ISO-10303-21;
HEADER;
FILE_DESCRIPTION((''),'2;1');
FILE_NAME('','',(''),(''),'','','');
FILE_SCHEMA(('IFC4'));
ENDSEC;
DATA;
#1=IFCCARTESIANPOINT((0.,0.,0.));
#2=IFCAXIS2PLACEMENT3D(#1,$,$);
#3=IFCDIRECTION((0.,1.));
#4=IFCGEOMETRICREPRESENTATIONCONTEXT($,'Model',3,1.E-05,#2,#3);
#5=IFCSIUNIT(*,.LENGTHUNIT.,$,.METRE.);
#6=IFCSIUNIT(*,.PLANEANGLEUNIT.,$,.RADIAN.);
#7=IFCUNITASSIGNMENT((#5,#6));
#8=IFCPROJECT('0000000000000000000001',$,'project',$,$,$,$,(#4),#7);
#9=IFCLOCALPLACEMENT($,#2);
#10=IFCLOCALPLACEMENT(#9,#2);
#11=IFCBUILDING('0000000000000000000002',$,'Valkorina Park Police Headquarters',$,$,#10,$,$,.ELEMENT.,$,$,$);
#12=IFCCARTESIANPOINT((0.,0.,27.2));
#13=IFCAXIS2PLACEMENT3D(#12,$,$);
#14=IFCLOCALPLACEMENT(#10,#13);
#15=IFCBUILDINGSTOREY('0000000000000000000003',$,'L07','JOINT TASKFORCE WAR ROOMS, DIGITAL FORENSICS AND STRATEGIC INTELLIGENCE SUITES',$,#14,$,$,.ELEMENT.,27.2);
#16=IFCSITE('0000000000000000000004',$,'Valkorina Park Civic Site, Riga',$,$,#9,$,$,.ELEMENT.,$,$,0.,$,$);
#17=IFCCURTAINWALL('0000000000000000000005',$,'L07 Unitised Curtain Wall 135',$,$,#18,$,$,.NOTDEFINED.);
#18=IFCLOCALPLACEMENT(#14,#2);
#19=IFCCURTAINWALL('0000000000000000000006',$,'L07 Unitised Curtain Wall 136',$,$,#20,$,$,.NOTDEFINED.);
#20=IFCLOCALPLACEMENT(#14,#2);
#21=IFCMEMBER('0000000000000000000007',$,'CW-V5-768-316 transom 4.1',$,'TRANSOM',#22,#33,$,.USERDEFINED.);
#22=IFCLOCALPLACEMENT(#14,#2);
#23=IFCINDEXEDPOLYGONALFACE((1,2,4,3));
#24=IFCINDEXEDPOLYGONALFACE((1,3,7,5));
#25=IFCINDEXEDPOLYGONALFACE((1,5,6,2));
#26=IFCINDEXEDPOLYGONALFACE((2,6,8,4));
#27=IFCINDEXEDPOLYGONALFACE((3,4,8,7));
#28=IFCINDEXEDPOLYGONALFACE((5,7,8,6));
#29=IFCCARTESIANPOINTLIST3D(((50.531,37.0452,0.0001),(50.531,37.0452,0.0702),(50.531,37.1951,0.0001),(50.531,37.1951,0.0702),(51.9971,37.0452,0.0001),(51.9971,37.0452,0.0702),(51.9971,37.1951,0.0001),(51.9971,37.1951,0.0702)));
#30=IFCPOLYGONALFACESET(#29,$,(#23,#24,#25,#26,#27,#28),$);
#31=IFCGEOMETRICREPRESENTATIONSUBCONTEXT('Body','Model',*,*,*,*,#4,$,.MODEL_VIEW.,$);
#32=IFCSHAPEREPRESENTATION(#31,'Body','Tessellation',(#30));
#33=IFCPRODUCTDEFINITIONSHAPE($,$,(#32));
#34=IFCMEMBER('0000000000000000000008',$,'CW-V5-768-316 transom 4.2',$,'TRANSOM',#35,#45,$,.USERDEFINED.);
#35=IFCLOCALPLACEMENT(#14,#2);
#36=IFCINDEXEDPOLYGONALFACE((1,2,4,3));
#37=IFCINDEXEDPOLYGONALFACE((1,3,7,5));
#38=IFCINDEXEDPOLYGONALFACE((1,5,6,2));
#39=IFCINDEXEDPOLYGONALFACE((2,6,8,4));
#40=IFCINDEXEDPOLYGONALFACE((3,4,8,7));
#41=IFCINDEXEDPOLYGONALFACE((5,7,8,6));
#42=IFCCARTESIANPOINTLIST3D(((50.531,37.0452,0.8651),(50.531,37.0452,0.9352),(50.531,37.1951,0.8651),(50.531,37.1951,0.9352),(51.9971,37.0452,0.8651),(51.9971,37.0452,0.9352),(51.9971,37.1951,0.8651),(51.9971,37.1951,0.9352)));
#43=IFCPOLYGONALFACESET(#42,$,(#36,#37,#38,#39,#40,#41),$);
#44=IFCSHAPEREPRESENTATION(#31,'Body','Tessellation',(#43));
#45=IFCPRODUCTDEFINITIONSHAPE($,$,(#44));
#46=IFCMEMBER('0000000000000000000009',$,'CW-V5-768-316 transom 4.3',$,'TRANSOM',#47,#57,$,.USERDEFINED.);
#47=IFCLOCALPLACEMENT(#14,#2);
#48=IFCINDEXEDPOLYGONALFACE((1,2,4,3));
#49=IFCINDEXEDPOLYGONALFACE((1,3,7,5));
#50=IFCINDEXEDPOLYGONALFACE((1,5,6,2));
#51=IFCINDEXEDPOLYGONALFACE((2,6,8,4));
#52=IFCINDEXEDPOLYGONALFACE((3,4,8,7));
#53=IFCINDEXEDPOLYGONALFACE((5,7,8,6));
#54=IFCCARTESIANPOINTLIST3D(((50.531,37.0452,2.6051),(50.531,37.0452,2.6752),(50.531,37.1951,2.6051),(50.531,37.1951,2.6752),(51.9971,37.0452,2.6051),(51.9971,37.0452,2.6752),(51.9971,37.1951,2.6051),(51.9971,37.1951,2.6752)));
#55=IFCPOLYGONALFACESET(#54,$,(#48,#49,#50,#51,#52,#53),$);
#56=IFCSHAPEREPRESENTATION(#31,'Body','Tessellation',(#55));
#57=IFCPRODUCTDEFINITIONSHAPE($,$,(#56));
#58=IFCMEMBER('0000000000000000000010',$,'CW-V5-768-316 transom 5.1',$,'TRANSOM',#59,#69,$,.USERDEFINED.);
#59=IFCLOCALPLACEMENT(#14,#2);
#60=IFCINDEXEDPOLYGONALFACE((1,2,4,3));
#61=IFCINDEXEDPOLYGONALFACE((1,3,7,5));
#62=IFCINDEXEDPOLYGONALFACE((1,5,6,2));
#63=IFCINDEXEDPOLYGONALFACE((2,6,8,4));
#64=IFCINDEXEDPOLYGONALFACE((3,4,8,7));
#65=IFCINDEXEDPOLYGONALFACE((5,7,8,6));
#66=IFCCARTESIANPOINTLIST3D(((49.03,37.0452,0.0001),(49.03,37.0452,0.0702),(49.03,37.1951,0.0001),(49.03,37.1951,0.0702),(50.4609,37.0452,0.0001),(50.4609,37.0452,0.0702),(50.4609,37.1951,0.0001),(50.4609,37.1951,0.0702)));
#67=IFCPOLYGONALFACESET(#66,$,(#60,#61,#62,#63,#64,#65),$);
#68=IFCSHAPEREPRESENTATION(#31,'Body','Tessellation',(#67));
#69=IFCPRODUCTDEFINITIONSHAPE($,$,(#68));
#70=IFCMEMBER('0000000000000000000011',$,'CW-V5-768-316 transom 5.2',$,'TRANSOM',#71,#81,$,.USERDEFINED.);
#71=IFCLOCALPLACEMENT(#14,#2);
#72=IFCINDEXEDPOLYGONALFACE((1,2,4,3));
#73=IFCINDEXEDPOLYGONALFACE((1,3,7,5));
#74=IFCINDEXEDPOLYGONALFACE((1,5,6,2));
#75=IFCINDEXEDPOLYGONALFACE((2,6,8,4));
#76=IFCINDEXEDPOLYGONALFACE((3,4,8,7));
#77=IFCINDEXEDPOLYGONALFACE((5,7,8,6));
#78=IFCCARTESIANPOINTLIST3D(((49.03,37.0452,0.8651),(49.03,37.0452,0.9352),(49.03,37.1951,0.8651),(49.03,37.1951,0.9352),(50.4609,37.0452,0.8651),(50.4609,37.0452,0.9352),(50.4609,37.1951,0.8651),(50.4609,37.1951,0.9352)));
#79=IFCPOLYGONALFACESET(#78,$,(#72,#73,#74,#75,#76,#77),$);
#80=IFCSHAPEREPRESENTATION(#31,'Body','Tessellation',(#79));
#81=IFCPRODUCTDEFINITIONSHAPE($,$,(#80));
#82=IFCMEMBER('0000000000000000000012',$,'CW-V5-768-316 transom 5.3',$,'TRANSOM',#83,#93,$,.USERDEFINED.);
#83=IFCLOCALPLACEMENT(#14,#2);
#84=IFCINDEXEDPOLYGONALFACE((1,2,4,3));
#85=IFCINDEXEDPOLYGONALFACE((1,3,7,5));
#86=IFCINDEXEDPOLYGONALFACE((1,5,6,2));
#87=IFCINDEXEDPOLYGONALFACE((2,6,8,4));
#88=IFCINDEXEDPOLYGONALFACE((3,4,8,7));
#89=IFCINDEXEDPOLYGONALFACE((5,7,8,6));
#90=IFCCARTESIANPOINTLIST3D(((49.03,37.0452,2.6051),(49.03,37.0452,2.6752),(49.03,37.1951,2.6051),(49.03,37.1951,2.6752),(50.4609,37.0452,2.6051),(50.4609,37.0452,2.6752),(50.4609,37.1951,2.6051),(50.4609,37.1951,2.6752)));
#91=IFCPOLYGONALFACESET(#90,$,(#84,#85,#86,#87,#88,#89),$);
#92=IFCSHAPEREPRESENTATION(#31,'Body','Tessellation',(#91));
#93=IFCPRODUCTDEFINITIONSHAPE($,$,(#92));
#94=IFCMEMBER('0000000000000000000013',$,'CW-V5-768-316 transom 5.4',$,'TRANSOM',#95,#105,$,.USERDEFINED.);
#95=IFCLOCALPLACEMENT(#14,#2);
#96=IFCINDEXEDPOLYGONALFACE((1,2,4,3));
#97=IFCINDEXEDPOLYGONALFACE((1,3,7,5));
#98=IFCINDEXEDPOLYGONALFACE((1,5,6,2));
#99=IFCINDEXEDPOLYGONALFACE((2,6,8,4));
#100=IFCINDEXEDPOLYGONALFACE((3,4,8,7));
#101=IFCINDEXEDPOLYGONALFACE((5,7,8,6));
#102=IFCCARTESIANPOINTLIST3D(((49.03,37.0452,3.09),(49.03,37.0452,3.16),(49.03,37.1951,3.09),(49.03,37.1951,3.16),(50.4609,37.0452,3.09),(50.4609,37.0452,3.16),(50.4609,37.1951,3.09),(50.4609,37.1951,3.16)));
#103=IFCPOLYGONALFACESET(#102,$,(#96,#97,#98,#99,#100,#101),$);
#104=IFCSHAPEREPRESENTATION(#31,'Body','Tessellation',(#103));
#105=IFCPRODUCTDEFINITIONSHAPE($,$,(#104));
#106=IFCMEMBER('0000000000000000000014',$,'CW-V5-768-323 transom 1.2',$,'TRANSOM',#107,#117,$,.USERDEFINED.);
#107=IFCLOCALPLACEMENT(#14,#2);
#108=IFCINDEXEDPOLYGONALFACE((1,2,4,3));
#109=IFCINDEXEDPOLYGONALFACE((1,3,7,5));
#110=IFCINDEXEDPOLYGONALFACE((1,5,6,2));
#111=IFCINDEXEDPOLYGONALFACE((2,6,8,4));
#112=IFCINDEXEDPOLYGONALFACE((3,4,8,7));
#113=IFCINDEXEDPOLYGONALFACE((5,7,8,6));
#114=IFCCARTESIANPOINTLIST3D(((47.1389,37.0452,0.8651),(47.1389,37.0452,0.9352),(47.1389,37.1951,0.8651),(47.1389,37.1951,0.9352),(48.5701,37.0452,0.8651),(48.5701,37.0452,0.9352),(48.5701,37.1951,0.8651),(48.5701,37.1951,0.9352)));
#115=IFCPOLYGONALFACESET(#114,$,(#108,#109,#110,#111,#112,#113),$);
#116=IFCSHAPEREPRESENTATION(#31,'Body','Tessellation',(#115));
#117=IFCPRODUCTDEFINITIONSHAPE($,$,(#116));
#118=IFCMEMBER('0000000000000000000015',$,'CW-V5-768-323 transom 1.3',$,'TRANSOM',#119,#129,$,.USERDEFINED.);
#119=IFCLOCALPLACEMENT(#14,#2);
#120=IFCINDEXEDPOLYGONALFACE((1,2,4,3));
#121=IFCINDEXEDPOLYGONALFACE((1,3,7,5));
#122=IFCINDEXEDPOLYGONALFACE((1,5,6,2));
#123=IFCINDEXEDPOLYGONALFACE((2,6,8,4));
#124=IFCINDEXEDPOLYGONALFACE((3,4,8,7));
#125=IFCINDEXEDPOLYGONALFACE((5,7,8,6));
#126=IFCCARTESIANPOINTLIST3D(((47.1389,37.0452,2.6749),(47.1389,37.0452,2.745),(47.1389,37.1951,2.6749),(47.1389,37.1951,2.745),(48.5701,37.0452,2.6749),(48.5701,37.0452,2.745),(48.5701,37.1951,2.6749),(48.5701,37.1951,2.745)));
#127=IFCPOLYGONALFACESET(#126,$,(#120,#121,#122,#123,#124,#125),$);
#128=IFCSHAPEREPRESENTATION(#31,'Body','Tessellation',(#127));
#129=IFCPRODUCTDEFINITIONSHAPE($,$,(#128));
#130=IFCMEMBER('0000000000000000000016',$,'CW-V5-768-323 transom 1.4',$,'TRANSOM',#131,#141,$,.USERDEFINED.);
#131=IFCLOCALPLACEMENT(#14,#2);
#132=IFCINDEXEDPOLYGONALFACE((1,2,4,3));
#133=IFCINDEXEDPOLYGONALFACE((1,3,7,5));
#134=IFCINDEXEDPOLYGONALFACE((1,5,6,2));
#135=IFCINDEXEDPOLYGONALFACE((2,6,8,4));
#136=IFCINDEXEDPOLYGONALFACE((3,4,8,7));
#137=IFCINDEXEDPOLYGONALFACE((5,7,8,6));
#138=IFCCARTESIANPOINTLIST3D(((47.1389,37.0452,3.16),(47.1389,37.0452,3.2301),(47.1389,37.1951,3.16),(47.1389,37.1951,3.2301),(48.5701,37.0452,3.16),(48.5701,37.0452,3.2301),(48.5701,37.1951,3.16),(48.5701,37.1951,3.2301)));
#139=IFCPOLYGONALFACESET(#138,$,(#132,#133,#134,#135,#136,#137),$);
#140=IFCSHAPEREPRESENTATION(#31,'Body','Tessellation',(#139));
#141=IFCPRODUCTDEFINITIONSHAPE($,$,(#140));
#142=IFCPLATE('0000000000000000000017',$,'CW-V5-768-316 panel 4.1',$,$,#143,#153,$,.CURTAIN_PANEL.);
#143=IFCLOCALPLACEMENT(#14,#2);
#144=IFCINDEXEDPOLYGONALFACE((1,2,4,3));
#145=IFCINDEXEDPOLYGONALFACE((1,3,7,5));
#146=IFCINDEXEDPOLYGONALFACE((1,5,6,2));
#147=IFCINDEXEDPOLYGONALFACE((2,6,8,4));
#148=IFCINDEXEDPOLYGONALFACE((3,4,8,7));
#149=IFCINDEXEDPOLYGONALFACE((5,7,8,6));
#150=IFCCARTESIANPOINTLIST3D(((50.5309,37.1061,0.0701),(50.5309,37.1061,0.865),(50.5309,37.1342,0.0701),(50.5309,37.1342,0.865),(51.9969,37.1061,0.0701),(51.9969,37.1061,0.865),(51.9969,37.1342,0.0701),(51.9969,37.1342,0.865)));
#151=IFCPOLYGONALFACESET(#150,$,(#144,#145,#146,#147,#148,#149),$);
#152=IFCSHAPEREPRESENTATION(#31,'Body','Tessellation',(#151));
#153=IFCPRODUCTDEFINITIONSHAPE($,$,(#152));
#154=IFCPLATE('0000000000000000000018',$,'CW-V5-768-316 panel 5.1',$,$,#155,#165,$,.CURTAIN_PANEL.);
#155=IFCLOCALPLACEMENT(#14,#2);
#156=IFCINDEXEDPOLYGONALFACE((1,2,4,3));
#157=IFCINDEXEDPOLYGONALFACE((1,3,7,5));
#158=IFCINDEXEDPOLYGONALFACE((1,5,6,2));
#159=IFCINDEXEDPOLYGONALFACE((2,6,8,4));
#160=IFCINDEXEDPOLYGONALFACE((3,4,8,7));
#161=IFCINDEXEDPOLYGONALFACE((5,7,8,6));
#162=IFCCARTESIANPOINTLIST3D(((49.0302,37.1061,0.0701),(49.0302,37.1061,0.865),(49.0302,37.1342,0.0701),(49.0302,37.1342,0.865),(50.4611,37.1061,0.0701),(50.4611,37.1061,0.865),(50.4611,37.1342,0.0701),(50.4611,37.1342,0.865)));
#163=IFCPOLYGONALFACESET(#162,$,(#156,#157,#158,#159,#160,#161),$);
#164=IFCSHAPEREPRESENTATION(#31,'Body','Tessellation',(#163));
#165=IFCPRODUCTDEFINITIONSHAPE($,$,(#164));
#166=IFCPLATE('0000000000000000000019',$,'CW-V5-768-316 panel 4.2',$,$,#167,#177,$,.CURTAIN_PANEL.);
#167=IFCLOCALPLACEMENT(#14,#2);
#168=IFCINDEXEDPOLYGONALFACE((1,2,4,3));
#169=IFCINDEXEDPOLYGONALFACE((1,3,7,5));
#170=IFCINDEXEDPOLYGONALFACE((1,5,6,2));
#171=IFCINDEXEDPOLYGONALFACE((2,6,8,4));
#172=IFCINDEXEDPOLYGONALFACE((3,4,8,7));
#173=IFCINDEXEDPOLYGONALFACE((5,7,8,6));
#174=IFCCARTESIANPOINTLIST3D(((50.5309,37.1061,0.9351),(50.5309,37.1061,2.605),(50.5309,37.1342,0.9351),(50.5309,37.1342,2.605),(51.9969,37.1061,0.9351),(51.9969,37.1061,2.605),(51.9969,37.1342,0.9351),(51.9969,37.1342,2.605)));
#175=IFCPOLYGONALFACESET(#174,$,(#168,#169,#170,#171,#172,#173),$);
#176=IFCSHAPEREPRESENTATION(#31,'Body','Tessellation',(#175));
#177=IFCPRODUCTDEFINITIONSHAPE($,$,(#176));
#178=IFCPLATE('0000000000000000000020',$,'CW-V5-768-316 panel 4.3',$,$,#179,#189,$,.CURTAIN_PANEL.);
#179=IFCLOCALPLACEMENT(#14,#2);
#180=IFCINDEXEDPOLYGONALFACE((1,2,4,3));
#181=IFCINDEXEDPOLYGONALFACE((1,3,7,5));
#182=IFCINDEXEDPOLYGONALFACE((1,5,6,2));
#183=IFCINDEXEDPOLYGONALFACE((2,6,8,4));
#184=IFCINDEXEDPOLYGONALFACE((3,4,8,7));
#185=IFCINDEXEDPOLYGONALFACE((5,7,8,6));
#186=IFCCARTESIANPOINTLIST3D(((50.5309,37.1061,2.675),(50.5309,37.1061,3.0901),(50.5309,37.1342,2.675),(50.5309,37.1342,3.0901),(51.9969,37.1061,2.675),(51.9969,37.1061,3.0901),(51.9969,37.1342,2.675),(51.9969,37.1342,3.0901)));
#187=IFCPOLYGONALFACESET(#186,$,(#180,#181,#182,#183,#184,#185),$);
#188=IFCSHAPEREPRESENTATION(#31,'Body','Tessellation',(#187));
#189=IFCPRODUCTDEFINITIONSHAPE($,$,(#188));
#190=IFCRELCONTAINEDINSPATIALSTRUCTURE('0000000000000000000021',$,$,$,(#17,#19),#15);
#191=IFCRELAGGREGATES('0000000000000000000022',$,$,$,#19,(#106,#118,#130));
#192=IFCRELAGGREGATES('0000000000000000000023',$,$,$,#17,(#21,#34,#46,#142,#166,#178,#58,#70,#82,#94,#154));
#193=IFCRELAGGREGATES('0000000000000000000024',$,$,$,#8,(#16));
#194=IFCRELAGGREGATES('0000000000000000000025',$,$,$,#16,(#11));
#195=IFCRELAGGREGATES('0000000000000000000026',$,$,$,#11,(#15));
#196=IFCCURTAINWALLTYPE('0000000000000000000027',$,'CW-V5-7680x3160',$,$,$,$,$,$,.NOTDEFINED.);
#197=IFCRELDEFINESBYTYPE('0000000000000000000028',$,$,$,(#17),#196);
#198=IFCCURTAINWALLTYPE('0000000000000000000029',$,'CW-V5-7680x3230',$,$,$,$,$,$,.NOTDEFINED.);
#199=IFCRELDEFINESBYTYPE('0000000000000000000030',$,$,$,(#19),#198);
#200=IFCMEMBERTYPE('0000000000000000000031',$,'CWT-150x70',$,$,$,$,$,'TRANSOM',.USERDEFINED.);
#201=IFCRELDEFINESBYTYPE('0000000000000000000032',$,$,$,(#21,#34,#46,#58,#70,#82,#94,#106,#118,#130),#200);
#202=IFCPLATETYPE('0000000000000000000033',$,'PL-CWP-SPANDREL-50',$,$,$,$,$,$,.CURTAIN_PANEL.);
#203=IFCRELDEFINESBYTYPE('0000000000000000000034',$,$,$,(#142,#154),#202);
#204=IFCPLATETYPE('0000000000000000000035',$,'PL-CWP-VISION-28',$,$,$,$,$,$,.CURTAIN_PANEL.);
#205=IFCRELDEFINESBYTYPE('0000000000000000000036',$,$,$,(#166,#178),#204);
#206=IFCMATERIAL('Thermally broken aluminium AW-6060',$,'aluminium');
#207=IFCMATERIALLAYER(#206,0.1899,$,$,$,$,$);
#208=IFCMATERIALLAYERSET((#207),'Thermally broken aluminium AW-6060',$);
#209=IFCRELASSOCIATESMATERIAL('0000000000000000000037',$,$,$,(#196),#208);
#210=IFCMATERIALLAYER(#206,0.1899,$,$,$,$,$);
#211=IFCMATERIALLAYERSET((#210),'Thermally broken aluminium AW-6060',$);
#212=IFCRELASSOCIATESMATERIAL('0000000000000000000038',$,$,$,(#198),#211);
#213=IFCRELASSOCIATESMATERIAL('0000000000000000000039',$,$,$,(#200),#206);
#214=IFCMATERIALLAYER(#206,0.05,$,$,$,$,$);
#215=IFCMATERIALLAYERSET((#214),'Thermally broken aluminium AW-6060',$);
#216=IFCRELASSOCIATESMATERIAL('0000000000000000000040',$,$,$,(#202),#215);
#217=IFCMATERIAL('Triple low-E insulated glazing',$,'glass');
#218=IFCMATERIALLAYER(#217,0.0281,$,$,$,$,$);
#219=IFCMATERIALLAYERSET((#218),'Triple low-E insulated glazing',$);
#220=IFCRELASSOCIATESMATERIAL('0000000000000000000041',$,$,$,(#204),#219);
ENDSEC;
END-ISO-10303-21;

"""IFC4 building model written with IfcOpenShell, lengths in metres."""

from ifc_helpers import new_model, si_unit, direction, frame, origin, origin_2d, place, context, subcontext, project, spatial, rectangle, extrude, material, layer, layer_set, material_profile, profile_set, type_object, element, aggregate, save


model = new_model("IFC4")

# Units and contexts
model_context = context("Model", 3, precision=1e-05, world=origin(), true_north=direction((0.0, 1.0)))
body_context = subcontext(model_context, "Body", "Model", "MODEL_VIEW")
ifc_project = project(units=[si_unit("LENGTHUNIT", "METRE"), si_unit("PLANEANGLEUNIT", "RADIAN")], contexts=[model_context])

# Site, building, storey
site_placement = place(None, origin())
site = spatial("IfcSite", under=ifc_project, at=site_placement, Name="Valkorina Park Civic Site, Riga", CompositionType="ELEMENT", RefElevation=0.0)
building_placement = place(site_placement, origin())
building = spatial("IfcBuilding", under=site, at=building_placement, Name="Valkorina Park Police Headquarters", CompositionType="ELEMENT")
storey_placement = place(building_placement, frame((0.0, 0.0, 27.2)))
storey = spatial("IfcBuildingStorey", under=building, at=storey_placement, Name="L07", Description="JOINT TASKFORCE WAR ROOMS, DIGITAL FORENSICS AND STRATEGIC INTELLIGENCE SUITES", CompositionType="ELEMENT", Elevation=27.2)

# Curtain wall
ifc_material_1 = material(Name="Thermally broken aluminium AW-6060", Category="aluminium")
ifc_layer_1 = layer(ifc_material_1, 0.1899)
ifc_layer_set_1 = layer_set([ifc_layer_1], Name="Thermally broken aluminium AW-6060")
curtain_wall_type_1 = type_object("IfcCurtainWallType", Name="CW-V5-7680x3160", PredefinedType="NOTDEFINED", material=ifc_layer_set_1)
curtain_wall_1_placement = place(storey_placement, origin())
curtain_wall_1 = element("IfcCurtainWall", 1, at=curtain_wall_1_placement, inside=storey, type_object=curtain_wall_type_1, Name="L07 Unitised Curtain Wall 135", PredefinedType="NOTDEFINED")

# Curtain wall
ifc_layer_2 = layer(ifc_material_1, 0.1899)
ifc_layer_set_2 = layer_set([ifc_layer_2], Name="Thermally broken aluminium AW-6060")
curtain_wall_type_2 = type_object("IfcCurtainWallType", Name="CW-V5-7680x3230", PredefinedType="NOTDEFINED", material=ifc_layer_set_2)
curtain_wall_2_placement = place(storey_placement, origin())
curtain_wall_2 = element("IfcCurtainWall", 2, at=curtain_wall_2_placement, inside=storey, type_object=curtain_wall_type_2, Name="L07 Unitised Curtain Wall 136", PredefinedType="NOTDEFINED")

# Members
ifc_material_profile_1 = material_profile(ifc_material_1, rectangle(XDim=0.1499, YDim=0.0701, at=origin_2d()), Name="CWT-02 150x70")
ifc_profile_set_1 = profile_set([ifc_material_profile_1], Name="Thermally broken aluminium AW-6060")
member_type_1 = type_object("IfcMemberType", Name="CWT-150x70", ElementType="TRANSOM", PredefinedType="USERDEFINED", material=ifc_profile_set_1)
member_1_placement = place(storey_placement, frame((51.9971, 37.1201, 0.0352), z_axis=(-1.0, 0.0, 0.0), x_axis=(0.0, -1.0, 0.0)))
member_1 = element("IfcMember", 3, at=member_1_placement, type_object=member_type_1, Name="CW-V5-768-316 transom 4.1", ObjectType="TRANSOM", PredefinedType="USERDEFINED", context=body_context, shape_type="SweptSolid", body=[
    extrude(rectangle(XDim=0.1499, YDim=0.0701, at=origin_2d()), origin(), (0.0, 0.0, 1.0), 1.4661),
])
member_2_placement = place(storey_placement, frame((51.9971, 37.1201, 0.9001), z_axis=(-1.0, 0.0, 0.0), x_axis=(0.0, -1.0, 0.0)))
member_2 = element("IfcMember", 4, at=member_2_placement, type_object=member_type_1, Name="CW-V5-768-316 transom 4.2", ObjectType="TRANSOM", PredefinedType="USERDEFINED", context=body_context, shape_type="SweptSolid", body=[
    extrude(rectangle(XDim=0.1499, YDim=0.0701, at=origin_2d()), origin(), (0.0, 0.0, 1.0), 1.4661),
])
member_3_placement = place(storey_placement, frame((51.9971, 37.1201, 2.6401), z_axis=(-1.0, 0.0, 0.0), x_axis=(0.0, -1.0, 0.0)))
member_3 = element("IfcMember", 5, at=member_3_placement, type_object=member_type_1, Name="CW-V5-768-316 transom 4.3", ObjectType="TRANSOM", PredefinedType="USERDEFINED", context=body_context, shape_type="SweptSolid", body=[
    extrude(rectangle(XDim=0.1499, YDim=0.0701, at=origin_2d()), origin(), (0.0, 0.0, 1.0), 1.4661),
])
member_4_placement = place(storey_placement, frame((50.4609, 37.1201, 0.0352), z_axis=(-1.0, 0.0, 0.0), x_axis=(0.0, -1.0, 0.0)))
member_4 = element("IfcMember", 6, at=member_4_placement, type_object=member_type_1, Name="CW-V5-768-316 transom 5.1", ObjectType="TRANSOM", PredefinedType="USERDEFINED", context=body_context, shape_type="SweptSolid", body=[
    extrude(rectangle(XDim=0.1499, YDim=0.0701, at=origin_2d()), origin(), (0.0, 0.0, 1.0), 1.4309),
])
member_5_placement = place(storey_placement, frame((50.4609, 37.1201, 0.9001), z_axis=(-1.0, 0.0, 0.0), x_axis=(0.0, -1.0, 0.0)))
member_5 = element("IfcMember", 7, at=member_5_placement, type_object=member_type_1, Name="CW-V5-768-316 transom 5.2", ObjectType="TRANSOM", PredefinedType="USERDEFINED", context=body_context, shape_type="SweptSolid", body=[
    extrude(rectangle(XDim=0.1499, YDim=0.0701, at=origin_2d()), origin(), (0.0, 0.0, 1.0), 1.4309),
])
member_6_placement = place(storey_placement, frame((50.4609, 37.1201, 2.6401), z_axis=(-1.0, 0.0, 0.0), x_axis=(0.0, -1.0, 0.0)))
member_6 = element("IfcMember", 8, at=member_6_placement, type_object=member_type_1, Name="CW-V5-768-316 transom 5.3", ObjectType="TRANSOM", PredefinedType="USERDEFINED", context=body_context, shape_type="SweptSolid", body=[
    extrude(rectangle(XDim=0.1499, YDim=0.0701, at=origin_2d()), origin(), (0.0, 0.0, 1.0), 1.4309),
])
member_7_placement = place(storey_placement, frame((50.4609, 37.1201, 3.125), z_axis=(-1.0, 0.0, 0.0), x_axis=(0.0, -1.0, 0.0)))
member_7 = element("IfcMember", 9, at=member_7_placement, type_object=member_type_1, Name="CW-V5-768-316 transom 5.4", ObjectType="TRANSOM", PredefinedType="USERDEFINED", context=body_context, shape_type="SweptSolid", body=[
    extrude(rectangle(XDim=0.1499, YDim=0.0701, at=origin_2d()), origin(), (0.0, 0.0, 1.0), 1.4309),
])
member_8_placement = place(storey_placement, frame((48.5701, 37.1201, 0.9001), z_axis=(-1.0, 0.0, 0.0), x_axis=(0.0, -1.0, 0.0)))
member_8 = element("IfcMember", 10, at=member_8_placement, type_object=member_type_1, Name="CW-V5-768-323 transom 1.2", ObjectType="TRANSOM", PredefinedType="USERDEFINED", context=body_context, shape_type="SweptSolid", body=[
    extrude(rectangle(XDim=0.1499, YDim=0.0701, at=origin_2d()), origin(), (0.0, 0.0, 1.0), 1.4312),
])
member_9_placement = place(storey_placement, frame((48.5701, 37.1201, 2.71), z_axis=(-1.0, 0.0, 0.0), x_axis=(0.0, -1.0, 0.0)))
member_9 = element("IfcMember", 11, at=member_9_placement, type_object=member_type_1, Name="CW-V5-768-323 transom 1.3", ObjectType="TRANSOM", PredefinedType="USERDEFINED", context=body_context, shape_type="SweptSolid", body=[
    extrude(rectangle(XDim=0.1499, YDim=0.0701, at=origin_2d()), origin(), (0.0, 0.0, 1.0), 1.4312),
])
member_10_placement = place(storey_placement, frame((48.5701, 37.1201, 3.1951), z_axis=(-1.0, 0.0, 0.0), x_axis=(0.0, -1.0, 0.0)))
member_10 = element("IfcMember", 12, at=member_10_placement, type_object=member_type_1, Name="CW-V5-768-323 transom 1.4", ObjectType="TRANSOM", PredefinedType="USERDEFINED", context=body_context, shape_type="SweptSolid", body=[
    extrude(rectangle(XDim=0.1499, YDim=0.0701, at=origin_2d()), origin(), (0.0, 0.0, 1.0), 1.4312),
])
aggregate(curtain_wall_2, [member_8, member_9, member_10])

# Plates
ifc_layer_3 = layer(ifc_material_1, 0.05)
ifc_layer_set_3 = layer_set([ifc_layer_3], Name="Thermally broken aluminium AW-6060")
plate_type_1 = type_object("IfcPlateType", Name="PL-CWP-SPANDREL-50", PredefinedType="CURTAIN_PANEL", material=ifc_layer_set_3)
plate_1_placement = place(storey_placement, frame((51.2639, 37.1201, 0.0701), z_axis=(0.0, 0.0, 1.0), x_axis=(-1.0, 0.0, 0.0)))
plate_1 = element("IfcPlate", 13, at=plate_1_placement, type_object=plate_type_1, Name="CW-V5-768-316 panel 4.1", PredefinedType="CURTAIN_PANEL", context=body_context, shape_type="SweptSolid", body=[
    extrude(rectangle(XDim=1.4661, YDim=0.0281, at=origin_2d()), origin(), (0.0, 0.0, 1.0), 0.7949),
])
plate_2_placement = place(storey_placement, frame((49.7456, 37.1201, 0.0701), z_axis=(0.0, 0.0, 1.0), x_axis=(-1.0, 0.0, 0.0)))
plate_2 = element("IfcPlate", 14, at=plate_2_placement, type_object=plate_type_1, Name="CW-V5-768-316 panel 5.1", PredefinedType="CURTAIN_PANEL", context=body_context, shape_type="SweptSolid", body=[
    extrude(rectangle(XDim=1.4309, YDim=0.0281, at=origin_2d()), origin(), (0.0, 0.0, 1.0), 0.7949),
])
ifc_material_2 = material(Name="Triple low-E insulated glazing", Category="glass")
ifc_layer_4 = layer(ifc_material_2, 0.0281)
ifc_layer_set_4 = layer_set([ifc_layer_4], Name="Triple low-E insulated glazing")
plate_type_2 = type_object("IfcPlateType", Name="PL-CWP-VISION-28", PredefinedType="CURTAIN_PANEL", material=ifc_layer_set_4)
plate_3_placement = place(storey_placement, frame((51.2639, 37.1201, 0.9351), z_axis=(0.0, 0.0, 1.0), x_axis=(-1.0, 0.0, 0.0)))
plate_3 = element("IfcPlate", 15, at=plate_3_placement, type_object=plate_type_2, Name="CW-V5-768-316 panel 4.2", PredefinedType="CURTAIN_PANEL", context=body_context, shape_type="SweptSolid", body=[
    extrude(rectangle(XDim=1.4661, YDim=0.0281, at=origin_2d()), origin(), (0.0, 0.0, 1.0), 1.6699),
])
plate_4_placement = place(storey_placement, frame((51.2639, 37.1201, 2.675), z_axis=(0.0, 0.0, 1.0), x_axis=(-1.0, 0.0, 0.0)))
plate_4 = element("IfcPlate", 16, at=plate_4_placement, type_object=plate_type_2, Name="CW-V5-768-316 panel 4.3", PredefinedType="CURTAIN_PANEL", context=body_context, shape_type="SweptSolid", body=[
    extrude(rectangle(XDim=1.4661, YDim=0.0281, at=origin_2d()), origin(), (0.0, 0.0, 1.0), 0.415),
])
aggregate(curtain_wall_1, [member_1, member_2, member_3, plate_1, plate_3, plate_4, member_4, member_5, member_6, member_7, plate_2])

save(model, "model.ifc")
